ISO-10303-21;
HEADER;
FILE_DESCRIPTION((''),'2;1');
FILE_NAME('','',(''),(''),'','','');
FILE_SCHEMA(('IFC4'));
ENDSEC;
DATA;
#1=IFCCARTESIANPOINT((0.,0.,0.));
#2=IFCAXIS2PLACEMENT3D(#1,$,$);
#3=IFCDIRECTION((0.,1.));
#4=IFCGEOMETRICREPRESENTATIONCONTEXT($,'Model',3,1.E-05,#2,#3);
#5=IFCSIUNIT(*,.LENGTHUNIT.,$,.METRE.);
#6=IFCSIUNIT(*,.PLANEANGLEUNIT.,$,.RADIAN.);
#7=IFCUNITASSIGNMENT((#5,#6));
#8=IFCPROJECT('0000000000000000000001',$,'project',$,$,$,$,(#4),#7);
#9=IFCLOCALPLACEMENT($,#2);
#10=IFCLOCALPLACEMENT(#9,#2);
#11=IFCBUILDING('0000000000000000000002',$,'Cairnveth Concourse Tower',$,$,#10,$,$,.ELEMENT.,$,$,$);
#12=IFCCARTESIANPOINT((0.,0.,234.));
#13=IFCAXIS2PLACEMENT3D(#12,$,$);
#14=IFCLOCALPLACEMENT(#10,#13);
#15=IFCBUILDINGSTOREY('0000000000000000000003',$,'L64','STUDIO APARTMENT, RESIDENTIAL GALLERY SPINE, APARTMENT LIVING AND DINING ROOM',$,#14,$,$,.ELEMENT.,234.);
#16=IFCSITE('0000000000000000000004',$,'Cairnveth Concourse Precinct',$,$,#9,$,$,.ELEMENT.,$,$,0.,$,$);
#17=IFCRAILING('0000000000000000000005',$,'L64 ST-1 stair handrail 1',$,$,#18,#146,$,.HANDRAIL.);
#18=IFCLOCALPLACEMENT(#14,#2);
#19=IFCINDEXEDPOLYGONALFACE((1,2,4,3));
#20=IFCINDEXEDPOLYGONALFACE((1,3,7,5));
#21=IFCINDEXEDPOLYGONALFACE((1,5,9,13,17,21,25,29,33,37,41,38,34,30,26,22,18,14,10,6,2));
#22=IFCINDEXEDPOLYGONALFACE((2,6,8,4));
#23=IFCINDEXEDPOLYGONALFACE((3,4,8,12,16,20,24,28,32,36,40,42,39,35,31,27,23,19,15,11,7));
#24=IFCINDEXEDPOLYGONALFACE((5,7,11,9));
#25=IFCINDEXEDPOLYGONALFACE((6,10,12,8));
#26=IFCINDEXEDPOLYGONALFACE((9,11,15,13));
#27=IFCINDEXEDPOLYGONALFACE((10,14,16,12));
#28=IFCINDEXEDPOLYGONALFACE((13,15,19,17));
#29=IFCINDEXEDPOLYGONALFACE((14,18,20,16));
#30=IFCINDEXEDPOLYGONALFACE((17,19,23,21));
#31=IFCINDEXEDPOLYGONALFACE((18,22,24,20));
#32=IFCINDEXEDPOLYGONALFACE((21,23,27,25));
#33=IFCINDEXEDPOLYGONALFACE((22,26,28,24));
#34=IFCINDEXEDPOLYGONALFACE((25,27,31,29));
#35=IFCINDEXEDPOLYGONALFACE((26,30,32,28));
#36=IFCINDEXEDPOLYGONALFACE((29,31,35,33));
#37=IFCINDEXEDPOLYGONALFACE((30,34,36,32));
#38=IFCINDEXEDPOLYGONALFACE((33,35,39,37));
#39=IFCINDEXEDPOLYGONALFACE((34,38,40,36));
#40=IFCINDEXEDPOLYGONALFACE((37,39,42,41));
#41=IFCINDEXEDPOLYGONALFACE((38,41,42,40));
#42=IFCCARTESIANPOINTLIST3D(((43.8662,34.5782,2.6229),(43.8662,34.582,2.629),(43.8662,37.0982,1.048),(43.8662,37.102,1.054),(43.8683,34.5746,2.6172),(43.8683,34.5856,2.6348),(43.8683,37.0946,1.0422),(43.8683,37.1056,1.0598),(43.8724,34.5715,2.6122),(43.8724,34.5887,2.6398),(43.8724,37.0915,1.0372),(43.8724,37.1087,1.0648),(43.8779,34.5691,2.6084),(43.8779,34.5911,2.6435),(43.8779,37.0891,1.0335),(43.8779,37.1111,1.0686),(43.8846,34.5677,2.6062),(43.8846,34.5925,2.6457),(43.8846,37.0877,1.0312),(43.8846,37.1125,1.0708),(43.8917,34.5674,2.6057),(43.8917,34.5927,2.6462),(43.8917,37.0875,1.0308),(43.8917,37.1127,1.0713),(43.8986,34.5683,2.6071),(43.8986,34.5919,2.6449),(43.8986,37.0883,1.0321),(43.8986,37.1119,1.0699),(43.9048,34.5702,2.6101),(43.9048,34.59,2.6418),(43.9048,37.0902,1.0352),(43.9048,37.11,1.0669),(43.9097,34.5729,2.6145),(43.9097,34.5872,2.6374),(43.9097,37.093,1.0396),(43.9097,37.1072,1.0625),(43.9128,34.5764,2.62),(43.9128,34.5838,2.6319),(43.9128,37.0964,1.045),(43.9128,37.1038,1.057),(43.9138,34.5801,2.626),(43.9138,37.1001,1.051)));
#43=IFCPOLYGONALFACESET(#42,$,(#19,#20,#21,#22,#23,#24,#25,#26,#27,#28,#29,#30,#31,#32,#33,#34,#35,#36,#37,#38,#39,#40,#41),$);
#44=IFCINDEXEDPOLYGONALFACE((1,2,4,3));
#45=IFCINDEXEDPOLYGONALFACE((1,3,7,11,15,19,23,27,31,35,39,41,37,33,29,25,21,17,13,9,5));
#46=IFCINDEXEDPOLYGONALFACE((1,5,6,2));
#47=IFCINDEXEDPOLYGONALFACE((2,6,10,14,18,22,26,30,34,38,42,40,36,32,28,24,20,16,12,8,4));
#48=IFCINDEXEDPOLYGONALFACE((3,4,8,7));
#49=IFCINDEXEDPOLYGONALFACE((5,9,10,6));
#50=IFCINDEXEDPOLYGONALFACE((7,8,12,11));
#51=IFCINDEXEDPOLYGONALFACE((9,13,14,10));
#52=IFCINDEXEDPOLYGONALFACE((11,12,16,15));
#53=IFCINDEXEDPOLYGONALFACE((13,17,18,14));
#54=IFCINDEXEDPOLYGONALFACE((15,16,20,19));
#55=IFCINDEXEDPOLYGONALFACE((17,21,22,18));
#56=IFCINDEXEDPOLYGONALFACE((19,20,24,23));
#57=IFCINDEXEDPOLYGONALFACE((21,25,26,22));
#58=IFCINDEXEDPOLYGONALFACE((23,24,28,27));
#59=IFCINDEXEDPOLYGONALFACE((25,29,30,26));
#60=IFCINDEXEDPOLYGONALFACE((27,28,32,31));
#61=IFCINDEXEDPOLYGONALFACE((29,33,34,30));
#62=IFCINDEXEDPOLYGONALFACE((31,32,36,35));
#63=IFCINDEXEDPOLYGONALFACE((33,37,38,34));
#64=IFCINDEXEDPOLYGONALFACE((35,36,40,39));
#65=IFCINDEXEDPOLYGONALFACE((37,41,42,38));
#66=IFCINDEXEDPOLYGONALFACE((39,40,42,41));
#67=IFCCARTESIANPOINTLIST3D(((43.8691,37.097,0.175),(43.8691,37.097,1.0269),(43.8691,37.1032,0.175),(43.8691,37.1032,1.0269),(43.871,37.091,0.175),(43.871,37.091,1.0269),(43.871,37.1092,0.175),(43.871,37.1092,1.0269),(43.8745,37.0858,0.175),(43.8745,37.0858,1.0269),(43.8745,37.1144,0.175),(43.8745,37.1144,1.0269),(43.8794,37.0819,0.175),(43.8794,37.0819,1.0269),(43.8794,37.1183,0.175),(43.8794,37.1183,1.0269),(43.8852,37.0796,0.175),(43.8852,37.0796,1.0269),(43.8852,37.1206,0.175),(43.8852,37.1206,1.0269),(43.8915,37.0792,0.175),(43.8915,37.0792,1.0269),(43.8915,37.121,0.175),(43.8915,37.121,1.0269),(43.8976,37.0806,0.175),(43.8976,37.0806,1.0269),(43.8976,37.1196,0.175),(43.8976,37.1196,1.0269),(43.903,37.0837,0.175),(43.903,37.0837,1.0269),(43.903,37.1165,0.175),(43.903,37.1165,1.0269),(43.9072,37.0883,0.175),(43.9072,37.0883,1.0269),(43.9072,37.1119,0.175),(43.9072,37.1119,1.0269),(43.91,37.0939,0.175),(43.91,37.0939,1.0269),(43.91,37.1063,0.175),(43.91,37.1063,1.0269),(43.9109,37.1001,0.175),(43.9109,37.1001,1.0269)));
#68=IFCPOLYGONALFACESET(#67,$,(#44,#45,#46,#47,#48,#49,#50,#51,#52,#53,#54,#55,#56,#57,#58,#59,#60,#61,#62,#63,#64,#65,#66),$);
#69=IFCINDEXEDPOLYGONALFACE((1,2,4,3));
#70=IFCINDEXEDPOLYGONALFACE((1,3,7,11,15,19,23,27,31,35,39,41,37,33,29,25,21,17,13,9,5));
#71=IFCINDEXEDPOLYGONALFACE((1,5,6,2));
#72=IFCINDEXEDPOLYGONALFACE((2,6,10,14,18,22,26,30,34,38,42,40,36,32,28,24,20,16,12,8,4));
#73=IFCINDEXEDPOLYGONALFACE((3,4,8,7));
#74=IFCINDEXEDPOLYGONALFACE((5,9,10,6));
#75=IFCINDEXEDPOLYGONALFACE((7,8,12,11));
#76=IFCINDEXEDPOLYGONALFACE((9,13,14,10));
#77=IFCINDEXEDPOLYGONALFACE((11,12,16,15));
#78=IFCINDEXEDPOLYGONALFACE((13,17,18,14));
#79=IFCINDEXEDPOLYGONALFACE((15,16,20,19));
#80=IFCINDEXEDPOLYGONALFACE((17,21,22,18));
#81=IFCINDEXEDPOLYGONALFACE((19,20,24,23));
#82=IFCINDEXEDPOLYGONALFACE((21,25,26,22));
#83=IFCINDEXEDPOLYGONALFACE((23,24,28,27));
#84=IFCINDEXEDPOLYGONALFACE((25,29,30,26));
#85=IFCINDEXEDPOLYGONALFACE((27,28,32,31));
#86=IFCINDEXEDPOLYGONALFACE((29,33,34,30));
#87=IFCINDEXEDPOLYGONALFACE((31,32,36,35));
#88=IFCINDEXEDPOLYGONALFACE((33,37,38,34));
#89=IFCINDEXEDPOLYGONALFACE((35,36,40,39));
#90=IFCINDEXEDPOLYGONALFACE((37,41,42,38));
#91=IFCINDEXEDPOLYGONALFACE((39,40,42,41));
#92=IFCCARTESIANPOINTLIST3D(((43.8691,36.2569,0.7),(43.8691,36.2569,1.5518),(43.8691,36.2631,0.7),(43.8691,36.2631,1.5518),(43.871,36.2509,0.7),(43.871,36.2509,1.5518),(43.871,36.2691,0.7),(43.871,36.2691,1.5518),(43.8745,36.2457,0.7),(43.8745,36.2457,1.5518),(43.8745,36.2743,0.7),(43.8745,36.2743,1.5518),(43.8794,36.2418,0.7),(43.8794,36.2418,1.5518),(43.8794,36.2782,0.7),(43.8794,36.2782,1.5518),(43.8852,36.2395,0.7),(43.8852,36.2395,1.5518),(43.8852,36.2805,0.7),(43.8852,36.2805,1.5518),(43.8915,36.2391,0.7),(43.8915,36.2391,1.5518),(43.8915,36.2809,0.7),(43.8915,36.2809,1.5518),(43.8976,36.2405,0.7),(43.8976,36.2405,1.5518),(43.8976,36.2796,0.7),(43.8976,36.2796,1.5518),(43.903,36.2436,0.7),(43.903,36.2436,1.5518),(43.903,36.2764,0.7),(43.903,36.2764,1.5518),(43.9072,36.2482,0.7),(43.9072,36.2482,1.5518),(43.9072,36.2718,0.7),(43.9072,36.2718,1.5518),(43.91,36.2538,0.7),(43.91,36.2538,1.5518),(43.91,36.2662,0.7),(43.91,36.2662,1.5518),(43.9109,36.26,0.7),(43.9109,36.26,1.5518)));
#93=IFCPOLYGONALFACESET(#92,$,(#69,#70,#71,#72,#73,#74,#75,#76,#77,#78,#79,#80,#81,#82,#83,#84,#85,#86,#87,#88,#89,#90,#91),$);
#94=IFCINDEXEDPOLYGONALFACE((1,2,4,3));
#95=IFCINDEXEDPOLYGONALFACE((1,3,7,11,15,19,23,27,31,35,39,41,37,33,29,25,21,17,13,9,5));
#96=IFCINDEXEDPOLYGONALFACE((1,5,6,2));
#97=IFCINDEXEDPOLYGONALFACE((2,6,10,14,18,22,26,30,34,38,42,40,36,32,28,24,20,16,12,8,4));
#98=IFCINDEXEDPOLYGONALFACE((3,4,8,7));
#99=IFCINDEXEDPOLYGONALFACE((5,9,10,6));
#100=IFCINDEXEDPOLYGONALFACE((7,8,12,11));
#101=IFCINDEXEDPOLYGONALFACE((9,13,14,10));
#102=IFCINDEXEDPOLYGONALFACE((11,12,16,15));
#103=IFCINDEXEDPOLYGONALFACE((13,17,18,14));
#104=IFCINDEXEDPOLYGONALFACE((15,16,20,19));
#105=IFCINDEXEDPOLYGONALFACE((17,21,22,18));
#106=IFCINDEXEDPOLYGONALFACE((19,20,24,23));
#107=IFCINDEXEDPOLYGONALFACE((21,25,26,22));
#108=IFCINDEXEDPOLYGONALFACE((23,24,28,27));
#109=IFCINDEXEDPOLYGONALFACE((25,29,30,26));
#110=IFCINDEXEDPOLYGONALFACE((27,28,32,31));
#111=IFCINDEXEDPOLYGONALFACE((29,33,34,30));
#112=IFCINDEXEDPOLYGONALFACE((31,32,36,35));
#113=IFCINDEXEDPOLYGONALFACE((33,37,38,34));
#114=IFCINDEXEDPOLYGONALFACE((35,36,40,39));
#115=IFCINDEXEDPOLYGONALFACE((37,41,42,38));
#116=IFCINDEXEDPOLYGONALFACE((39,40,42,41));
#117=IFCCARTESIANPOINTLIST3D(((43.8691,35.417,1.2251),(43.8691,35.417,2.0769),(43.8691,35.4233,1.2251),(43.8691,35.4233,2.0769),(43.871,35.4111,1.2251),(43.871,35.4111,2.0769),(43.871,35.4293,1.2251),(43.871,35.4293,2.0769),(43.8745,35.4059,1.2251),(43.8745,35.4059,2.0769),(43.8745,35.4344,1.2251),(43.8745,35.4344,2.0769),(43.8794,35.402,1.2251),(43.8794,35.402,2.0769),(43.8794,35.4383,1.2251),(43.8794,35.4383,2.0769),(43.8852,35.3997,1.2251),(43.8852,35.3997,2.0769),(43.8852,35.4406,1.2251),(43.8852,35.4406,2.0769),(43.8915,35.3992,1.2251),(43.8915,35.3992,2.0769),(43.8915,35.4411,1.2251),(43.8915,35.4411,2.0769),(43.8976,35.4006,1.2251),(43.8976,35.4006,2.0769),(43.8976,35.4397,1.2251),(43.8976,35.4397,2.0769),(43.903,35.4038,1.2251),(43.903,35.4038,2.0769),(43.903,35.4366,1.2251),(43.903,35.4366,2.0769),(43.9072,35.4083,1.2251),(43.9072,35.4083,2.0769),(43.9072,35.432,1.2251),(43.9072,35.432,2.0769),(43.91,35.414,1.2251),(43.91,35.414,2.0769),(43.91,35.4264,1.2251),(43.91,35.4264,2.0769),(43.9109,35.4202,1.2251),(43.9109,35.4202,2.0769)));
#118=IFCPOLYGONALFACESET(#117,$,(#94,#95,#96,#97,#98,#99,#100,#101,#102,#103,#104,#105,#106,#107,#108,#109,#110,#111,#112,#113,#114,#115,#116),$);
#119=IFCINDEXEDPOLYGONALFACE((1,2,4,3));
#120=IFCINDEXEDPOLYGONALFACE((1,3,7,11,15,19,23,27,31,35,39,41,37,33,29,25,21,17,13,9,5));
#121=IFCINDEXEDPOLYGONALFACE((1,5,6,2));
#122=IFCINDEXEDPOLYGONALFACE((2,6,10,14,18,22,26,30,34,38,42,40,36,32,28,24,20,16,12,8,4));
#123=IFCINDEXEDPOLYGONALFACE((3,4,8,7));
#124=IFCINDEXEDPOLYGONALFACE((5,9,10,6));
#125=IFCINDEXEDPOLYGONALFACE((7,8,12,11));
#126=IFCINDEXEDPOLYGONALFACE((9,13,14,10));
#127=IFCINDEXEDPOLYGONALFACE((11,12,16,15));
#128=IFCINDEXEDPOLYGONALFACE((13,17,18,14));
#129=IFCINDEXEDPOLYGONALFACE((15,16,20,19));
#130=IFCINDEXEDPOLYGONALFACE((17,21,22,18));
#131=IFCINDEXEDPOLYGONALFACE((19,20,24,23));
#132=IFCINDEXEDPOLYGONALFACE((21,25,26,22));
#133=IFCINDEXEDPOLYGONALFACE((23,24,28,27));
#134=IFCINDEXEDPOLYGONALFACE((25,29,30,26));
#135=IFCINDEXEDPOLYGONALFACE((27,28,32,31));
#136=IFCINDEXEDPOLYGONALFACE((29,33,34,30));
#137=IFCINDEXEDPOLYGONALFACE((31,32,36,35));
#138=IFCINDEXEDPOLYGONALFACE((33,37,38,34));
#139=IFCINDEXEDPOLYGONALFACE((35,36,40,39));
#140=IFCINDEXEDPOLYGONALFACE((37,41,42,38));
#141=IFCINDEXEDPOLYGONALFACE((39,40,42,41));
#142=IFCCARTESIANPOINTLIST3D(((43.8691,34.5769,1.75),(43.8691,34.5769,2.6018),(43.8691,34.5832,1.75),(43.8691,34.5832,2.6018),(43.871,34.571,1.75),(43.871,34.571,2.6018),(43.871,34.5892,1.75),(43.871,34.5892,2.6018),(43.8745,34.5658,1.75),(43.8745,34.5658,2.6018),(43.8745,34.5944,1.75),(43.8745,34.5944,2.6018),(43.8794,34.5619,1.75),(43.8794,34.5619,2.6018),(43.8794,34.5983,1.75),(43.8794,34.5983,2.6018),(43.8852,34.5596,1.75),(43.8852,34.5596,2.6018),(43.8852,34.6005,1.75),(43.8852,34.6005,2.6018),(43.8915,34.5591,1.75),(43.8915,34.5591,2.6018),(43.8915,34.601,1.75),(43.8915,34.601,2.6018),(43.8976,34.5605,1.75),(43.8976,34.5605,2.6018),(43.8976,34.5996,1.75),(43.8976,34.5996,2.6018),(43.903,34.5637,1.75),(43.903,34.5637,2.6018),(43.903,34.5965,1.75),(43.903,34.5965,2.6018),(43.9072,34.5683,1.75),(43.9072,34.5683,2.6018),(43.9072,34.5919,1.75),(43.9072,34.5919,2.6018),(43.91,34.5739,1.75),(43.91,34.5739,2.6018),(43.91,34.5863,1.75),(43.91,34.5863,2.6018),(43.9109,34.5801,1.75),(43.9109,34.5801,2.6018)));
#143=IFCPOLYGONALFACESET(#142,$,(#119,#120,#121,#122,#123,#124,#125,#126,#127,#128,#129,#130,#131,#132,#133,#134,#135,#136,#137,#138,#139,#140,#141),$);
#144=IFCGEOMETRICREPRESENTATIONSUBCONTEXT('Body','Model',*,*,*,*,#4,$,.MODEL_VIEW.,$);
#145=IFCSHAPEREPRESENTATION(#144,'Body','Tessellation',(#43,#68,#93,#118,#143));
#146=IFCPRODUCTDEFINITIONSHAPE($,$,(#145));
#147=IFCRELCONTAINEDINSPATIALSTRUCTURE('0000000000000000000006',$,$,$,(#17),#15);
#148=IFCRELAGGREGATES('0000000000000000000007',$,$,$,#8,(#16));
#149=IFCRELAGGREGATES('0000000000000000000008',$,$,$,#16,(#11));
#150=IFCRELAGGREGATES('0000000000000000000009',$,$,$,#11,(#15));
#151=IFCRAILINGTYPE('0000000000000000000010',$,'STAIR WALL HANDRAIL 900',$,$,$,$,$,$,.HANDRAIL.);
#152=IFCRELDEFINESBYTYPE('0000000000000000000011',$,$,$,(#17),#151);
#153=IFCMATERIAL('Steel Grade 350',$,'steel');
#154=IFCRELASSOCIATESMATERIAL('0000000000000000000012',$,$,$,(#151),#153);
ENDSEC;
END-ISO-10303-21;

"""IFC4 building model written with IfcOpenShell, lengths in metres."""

from ifc_helpers import new_model, si_unit, direction, frame, origin, origin_2d, place, context, subcontext, project, spatial, circle, extrude, material, type_object, element, save


model = new_model("IFC4")

# Units and contexts
model_context = context("Model", 3, precision=1e-05, world=origin(), true_north=direction((0.0, 1.0)))
body_context = subcontext(model_context, "Body", "Model", "MODEL_VIEW")
ifc_project = project(units=[si_unit("LENGTHUNIT", "METRE"), si_unit("PLANEANGLEUNIT", "RADIAN")], contexts=[model_context])

# Site, building, storey
site_placement = place(None, origin())
site = spatial("IfcSite", under=ifc_project, at=site_placement, Name="Cairnveth Concourse Precinct", CompositionType="ELEMENT", RefElevation=0.0)
building_placement = place(site_placement, origin())
building = spatial("IfcBuilding", under=site, at=building_placement, Name="Cairnveth Concourse Tower", CompositionType="ELEMENT")
storey_placement = place(building_placement, frame((0.0, 0.0, 234.0)))
storey = spatial("IfcBuildingStorey", under=building, at=storey_placement, Name="L64", Description="STUDIO APARTMENT, RESIDENTIAL GALLERY SPINE, APARTMENT LIVING AND DINING ROOM", CompositionType="ELEMENT", Elevation=234.0)

# Railing
ifc_material_1 = material(Name="Steel Grade 350", Category="steel")
railing_type_1 = type_object("IfcRailingType", Name="STAIR WALL HANDRAIL 900", PredefinedType="HANDRAIL", material=ifc_material_1)
railing_1_placement = place(storey_placement, frame((43.8899, 37.1001, 0.175)))
element("IfcRailing", 1, at=railing_1_placement, inside=storey, type_object=railing_type_1, Name="L64 ST-1 stair handrail 1", PredefinedType="HANDRAIL", context=body_context, shape_type="SweptSolid", body=[
    extrude(circle(Radius=0.0239, at=origin_2d()), frame((0.0, 0.0, 0.876), z_axis=(0.0, -0.848008, 0.529984), x_axis=(1.0, 0.0, 0.0)), (0.0, 0.0, 1.0), 2.9717),
    extrude(circle(Radius=0.021, at=origin_2d()), origin(), (0.0, 0.0, 1.0), 0.8518),
    extrude(circle(Radius=0.021, at=origin_2d()), frame((0.0, -0.8401, 0.5249)), (0.0, 0.0, 1.0), 0.8518),
    extrude(circle(Radius=0.021, at=origin_2d()), frame((0.0, -1.6799, 1.05)), (0.0, 0.0, 1.0), 0.8518),
    extrude(circle(Radius=0.021, at=origin_2d()), frame((0.0, -2.52, 1.575)), (0.0, 0.0, 1.0), 0.8518),
])

save(model, "model.ifc")
